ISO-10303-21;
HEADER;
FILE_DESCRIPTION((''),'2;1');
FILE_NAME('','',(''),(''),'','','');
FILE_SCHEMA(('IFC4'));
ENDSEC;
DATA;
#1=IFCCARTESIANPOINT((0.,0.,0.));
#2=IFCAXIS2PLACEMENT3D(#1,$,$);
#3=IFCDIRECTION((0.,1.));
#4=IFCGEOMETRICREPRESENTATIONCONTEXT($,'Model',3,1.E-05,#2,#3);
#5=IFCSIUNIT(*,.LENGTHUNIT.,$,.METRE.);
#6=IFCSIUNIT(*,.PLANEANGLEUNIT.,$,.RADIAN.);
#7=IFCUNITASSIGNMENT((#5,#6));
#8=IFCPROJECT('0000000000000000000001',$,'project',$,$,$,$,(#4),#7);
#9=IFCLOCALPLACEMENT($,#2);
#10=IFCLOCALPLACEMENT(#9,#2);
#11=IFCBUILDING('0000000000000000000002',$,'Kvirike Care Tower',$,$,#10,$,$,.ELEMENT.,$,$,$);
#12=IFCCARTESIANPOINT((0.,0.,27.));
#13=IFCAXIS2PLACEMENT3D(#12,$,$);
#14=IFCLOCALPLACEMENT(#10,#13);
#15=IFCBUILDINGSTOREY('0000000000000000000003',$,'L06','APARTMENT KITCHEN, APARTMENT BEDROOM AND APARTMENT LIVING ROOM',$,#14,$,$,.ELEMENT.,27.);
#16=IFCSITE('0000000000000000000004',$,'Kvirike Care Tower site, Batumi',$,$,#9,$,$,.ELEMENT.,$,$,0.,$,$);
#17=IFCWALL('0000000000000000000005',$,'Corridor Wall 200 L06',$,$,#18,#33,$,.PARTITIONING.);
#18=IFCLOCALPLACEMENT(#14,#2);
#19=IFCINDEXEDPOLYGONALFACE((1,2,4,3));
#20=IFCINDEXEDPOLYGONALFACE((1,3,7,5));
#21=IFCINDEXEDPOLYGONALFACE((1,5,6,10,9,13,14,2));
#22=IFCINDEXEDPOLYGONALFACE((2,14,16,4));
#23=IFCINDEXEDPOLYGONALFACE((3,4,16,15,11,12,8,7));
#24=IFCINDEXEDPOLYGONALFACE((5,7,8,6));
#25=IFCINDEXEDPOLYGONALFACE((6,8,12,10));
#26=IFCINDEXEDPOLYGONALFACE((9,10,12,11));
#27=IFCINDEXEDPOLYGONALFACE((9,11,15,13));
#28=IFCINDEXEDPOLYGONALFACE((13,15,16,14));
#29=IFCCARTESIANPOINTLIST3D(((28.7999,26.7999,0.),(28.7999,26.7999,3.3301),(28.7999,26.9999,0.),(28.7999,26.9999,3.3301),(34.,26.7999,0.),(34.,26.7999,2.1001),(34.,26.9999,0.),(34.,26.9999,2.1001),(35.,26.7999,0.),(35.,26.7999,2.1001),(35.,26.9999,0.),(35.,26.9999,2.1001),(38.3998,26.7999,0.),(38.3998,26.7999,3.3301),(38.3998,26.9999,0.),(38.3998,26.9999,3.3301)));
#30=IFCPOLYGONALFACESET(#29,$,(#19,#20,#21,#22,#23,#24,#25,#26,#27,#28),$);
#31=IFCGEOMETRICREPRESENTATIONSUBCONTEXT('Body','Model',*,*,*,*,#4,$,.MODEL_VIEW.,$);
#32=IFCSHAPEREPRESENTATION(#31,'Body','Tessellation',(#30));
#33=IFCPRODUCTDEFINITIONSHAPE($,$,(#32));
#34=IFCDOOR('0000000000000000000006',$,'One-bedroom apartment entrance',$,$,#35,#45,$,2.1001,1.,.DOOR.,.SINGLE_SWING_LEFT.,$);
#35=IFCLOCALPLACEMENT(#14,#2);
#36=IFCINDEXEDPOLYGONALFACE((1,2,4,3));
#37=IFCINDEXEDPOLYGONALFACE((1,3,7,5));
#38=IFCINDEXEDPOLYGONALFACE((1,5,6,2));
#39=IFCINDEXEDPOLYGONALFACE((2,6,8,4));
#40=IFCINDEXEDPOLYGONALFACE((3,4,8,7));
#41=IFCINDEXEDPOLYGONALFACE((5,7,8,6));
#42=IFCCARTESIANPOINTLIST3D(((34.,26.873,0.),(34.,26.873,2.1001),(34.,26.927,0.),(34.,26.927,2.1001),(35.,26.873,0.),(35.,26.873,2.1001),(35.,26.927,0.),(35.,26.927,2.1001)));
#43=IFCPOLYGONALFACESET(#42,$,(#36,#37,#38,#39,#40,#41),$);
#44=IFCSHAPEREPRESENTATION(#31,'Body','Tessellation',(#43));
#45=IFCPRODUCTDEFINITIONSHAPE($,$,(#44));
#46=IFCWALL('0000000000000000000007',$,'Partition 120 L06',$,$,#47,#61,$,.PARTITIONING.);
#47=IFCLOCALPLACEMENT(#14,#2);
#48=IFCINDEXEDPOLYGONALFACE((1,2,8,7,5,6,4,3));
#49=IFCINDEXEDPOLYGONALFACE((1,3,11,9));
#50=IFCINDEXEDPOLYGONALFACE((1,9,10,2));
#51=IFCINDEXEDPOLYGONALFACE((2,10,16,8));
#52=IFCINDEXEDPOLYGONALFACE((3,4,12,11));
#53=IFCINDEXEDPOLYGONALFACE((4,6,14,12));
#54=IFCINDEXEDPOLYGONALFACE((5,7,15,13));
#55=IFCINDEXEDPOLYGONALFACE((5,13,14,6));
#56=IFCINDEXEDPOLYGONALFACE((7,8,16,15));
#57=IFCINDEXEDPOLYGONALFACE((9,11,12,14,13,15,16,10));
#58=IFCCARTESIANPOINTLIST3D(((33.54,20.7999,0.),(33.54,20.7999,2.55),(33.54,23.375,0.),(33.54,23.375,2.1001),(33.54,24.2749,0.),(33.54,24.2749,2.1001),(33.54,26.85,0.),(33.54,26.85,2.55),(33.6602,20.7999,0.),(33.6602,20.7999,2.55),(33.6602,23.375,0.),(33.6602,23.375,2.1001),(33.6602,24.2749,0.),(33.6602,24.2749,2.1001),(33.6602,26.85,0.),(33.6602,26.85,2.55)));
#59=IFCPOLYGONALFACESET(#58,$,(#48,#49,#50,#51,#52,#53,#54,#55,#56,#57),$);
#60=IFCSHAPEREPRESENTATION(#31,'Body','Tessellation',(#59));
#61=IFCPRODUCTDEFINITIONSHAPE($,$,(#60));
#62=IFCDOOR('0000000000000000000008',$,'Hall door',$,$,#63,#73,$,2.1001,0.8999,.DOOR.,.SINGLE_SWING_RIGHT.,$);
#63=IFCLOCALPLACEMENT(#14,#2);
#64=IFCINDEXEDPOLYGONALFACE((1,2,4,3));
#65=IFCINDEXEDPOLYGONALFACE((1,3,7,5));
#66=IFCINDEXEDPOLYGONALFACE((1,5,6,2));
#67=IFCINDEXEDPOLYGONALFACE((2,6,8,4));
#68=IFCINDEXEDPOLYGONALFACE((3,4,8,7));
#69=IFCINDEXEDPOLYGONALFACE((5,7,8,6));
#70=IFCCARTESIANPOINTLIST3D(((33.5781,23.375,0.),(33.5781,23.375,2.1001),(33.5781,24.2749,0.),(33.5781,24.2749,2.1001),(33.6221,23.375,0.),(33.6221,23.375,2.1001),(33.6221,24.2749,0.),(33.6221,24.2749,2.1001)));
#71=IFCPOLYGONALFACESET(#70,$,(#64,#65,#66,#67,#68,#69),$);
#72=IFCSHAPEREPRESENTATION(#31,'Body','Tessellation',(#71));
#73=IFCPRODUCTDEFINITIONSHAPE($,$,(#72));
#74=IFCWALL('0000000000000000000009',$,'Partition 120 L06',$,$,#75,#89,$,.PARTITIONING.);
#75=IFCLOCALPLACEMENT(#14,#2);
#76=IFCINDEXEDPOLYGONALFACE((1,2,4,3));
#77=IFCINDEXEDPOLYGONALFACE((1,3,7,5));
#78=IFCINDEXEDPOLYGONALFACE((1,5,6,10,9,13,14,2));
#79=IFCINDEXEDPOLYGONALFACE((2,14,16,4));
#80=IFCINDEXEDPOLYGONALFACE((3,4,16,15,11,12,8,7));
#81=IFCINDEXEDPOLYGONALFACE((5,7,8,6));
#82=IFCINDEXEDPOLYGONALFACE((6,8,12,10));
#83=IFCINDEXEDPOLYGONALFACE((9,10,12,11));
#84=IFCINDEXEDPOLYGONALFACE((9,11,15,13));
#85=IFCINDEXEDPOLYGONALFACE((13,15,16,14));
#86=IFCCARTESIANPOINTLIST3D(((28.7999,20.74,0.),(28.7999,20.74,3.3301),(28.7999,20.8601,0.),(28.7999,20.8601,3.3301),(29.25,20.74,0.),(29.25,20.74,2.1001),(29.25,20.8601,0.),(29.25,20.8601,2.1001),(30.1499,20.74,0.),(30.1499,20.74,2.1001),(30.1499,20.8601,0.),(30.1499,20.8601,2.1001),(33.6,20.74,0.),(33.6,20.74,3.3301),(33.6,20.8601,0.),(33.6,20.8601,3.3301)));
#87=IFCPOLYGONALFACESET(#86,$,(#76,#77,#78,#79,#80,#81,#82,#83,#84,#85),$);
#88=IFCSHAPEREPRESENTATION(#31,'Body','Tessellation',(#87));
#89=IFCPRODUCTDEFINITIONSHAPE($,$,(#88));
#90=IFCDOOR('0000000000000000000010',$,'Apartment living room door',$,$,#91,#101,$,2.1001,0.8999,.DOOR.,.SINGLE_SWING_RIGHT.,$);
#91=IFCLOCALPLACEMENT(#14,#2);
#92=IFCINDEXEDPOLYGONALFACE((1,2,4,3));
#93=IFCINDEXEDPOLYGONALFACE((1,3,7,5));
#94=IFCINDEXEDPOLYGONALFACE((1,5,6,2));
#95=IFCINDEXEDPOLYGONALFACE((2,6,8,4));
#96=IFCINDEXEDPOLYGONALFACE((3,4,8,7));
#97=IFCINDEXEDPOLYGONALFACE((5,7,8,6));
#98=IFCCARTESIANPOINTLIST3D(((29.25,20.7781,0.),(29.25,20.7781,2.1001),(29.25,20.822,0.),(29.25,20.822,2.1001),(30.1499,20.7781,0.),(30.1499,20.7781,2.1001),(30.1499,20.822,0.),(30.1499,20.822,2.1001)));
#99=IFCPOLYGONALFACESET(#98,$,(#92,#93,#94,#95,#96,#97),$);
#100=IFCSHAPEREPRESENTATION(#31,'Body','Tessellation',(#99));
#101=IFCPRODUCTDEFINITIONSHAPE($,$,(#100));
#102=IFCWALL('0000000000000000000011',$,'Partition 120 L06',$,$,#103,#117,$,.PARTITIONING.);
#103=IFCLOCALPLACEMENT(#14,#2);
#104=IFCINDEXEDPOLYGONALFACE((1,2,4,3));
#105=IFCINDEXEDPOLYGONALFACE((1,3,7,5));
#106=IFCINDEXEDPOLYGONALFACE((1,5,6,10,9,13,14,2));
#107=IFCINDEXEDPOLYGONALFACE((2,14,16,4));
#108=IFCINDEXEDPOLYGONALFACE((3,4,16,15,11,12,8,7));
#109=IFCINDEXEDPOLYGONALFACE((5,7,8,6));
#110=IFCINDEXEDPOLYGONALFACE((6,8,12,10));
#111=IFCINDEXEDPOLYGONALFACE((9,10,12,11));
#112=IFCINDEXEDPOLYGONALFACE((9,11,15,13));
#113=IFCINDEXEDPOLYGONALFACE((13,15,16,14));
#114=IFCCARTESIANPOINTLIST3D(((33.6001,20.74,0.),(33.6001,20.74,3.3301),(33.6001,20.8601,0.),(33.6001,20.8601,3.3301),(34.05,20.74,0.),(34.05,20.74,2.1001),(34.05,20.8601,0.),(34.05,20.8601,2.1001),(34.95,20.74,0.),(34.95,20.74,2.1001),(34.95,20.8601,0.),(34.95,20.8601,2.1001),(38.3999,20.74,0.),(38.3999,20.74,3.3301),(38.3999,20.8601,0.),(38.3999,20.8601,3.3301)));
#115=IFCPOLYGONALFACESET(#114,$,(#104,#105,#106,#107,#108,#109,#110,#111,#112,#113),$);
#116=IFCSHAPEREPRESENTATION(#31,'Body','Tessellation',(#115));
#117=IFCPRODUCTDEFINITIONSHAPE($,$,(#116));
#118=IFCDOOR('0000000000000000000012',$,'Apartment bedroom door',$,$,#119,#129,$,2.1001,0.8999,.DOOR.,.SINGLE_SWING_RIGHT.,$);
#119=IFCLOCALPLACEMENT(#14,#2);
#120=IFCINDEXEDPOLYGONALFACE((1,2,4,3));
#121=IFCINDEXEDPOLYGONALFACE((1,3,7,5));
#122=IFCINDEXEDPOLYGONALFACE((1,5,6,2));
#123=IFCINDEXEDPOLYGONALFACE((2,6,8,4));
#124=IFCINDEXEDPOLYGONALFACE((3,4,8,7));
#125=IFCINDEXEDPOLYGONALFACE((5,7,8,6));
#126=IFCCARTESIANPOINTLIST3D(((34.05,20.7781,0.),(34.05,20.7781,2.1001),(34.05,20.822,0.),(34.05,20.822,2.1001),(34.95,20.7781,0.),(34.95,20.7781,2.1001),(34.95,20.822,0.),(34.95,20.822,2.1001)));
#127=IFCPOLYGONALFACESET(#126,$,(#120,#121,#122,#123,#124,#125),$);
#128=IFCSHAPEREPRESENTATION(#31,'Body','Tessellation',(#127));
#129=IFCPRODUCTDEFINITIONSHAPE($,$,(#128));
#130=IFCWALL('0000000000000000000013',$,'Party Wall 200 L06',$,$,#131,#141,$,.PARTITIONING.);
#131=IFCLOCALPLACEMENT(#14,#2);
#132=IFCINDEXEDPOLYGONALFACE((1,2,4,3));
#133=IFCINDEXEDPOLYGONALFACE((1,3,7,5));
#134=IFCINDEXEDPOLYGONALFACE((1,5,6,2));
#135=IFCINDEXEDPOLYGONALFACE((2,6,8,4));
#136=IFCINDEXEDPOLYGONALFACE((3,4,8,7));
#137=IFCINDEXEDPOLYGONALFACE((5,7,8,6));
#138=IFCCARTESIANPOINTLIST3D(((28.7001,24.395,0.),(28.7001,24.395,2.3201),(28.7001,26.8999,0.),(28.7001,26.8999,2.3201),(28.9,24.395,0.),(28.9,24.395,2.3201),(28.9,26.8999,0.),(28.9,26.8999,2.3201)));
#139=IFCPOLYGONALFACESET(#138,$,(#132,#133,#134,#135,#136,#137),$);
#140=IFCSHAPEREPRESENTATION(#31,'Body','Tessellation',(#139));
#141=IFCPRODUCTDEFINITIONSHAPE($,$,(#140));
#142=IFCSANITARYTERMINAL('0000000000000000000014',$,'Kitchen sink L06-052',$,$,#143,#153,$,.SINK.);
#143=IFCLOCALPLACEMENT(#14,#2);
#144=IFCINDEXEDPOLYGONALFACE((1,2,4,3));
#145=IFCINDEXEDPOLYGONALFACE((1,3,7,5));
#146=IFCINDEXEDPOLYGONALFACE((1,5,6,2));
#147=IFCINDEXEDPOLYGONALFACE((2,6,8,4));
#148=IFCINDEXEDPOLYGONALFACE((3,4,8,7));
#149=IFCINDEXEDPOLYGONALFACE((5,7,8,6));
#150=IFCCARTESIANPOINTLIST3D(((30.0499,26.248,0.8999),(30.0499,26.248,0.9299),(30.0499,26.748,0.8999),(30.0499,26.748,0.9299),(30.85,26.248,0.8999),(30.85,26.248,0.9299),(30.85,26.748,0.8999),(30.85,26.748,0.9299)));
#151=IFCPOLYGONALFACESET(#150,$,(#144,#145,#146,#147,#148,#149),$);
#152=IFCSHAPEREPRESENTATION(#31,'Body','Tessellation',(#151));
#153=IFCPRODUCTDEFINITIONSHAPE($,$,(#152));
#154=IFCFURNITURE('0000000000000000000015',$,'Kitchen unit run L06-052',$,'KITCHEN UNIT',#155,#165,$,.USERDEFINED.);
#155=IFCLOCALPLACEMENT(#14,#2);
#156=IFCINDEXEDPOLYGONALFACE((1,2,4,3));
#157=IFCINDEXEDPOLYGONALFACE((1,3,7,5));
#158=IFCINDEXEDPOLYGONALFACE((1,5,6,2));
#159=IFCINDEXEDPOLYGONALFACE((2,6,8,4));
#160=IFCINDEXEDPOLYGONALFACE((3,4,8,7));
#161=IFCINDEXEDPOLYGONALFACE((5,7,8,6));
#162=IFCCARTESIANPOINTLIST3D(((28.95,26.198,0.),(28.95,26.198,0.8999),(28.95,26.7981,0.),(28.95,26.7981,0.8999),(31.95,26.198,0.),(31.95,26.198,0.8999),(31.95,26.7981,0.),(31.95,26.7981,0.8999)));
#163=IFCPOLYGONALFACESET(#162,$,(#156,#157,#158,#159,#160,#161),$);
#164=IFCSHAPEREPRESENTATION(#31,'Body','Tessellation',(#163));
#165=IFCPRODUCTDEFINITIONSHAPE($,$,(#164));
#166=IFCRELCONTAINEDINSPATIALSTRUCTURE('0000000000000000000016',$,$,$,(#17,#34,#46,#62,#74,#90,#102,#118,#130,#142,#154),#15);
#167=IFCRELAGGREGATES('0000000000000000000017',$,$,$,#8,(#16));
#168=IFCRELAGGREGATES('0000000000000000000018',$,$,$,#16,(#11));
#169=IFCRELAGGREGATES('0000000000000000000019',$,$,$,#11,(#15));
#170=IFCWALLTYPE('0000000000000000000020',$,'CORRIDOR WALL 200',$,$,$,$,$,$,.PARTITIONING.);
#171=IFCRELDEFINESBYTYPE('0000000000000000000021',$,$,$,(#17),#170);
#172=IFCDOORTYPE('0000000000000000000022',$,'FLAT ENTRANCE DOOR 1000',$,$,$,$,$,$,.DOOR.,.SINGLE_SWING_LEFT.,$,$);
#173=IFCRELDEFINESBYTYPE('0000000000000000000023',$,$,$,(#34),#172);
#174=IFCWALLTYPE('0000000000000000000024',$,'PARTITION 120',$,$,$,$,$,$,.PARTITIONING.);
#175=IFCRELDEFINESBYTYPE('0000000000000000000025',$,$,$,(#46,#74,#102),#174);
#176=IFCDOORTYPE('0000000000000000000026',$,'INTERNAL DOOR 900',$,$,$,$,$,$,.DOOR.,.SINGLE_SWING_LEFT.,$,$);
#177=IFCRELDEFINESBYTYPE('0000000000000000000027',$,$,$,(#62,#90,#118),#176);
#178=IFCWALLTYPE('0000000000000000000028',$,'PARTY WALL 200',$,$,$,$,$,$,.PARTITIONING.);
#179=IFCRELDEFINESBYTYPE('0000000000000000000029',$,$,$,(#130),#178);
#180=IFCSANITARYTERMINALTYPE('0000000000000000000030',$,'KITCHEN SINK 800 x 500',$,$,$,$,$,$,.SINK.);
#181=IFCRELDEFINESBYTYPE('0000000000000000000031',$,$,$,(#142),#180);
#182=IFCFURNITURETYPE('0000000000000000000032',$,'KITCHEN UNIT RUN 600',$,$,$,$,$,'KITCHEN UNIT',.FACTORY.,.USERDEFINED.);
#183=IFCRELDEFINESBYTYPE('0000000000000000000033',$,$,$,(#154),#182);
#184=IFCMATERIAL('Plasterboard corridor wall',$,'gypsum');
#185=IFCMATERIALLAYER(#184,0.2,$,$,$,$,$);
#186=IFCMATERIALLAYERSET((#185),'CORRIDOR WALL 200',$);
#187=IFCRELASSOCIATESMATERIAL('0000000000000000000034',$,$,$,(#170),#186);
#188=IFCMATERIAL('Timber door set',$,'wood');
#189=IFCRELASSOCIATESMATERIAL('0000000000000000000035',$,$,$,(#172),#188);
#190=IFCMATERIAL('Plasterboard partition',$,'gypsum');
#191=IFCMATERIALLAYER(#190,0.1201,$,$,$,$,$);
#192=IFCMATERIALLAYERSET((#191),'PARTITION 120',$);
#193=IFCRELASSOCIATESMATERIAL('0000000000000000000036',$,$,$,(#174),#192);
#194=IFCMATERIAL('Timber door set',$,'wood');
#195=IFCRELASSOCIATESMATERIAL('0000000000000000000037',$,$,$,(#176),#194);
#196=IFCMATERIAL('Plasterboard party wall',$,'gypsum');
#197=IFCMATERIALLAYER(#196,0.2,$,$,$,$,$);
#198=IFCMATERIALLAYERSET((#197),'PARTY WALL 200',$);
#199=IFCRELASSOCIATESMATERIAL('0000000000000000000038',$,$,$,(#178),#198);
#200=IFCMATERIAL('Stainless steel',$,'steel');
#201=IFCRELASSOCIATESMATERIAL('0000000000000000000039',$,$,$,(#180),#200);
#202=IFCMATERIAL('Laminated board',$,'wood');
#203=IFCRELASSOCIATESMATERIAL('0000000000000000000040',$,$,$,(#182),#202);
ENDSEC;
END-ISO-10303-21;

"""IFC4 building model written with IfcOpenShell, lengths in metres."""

from ifc_helpers import new_model, si_unit, direction, frame, frame_2d, origin, origin_2d, place, context, subcontext, project, spatial, rectangle, extrude, material, layer, layer_set, type_object, element, fill, save


model = new_model("IFC4")

# Units and contexts
model_context = context("Model", 3, precision=1e-05, world=origin(), true_north=direction((0.0, 1.0)))
body_context = subcontext(model_context, "Body", "Model", "MODEL_VIEW")
ifc_project = project(units=[si_unit("LENGTHUNIT", "METRE"), si_unit("PLANEANGLEUNIT", "RADIAN")], contexts=[model_context])

# Site, building, storey
site_placement = place(None, origin())
site = spatial("IfcSite", under=ifc_project, at=site_placement, Name="Kvirike Care Tower site, Batumi", CompositionType="ELEMENT", RefElevation=0.0)
building_placement = place(site_placement, origin())
building = spatial("IfcBuilding", under=site, at=building_placement, Name="Kvirike Care Tower", CompositionType="ELEMENT")
storey_placement = place(building_placement, frame((0.0, 0.0, 27.0)))
storey = spatial("IfcBuildingStorey", under=building, at=storey_placement, Name="L06", Description="APARTMENT KITCHEN, APARTMENT BEDROOM AND APARTMENT LIVING ROOM", CompositionType="ELEMENT", Elevation=27.0)

# Walls, openings, doors
ifc_material_1 = material(Name="Plasterboard corridor wall", Category="gypsum")
ifc_layer_1 = layer(ifc_material_1, 0.2)
ifc_layer_set_1 = layer_set([ifc_layer_1], Name="CORRIDOR WALL 200")
wall_type_1 = type_object("IfcWallType", Name="CORRIDOR WALL 200", PredefinedType="PARTITIONING", material=ifc_layer_set_1)
wall_1_placement = place(storey_placement, frame((28.8, 26.8999, 0.0), z_axis=(0.0, 0.0, 1.0), x_axis=(1.0, 0.0, 0.0)))
wall_1 = element("IfcWall", 1, at=wall_1_placement, inside=storey, type_object=wall_type_1, Name="Corridor Wall 200 L06", PredefinedType="PARTITIONING", context=body_context, shape_type="SweptSolid", body=[
    extrude(rectangle(XDim=9.5999, YDim=0.2, at=frame_2d((4.7998, 0.0))), origin(), (0.0, 0.0, 1.0), 3.3301),
])
opening_1_placement = place(wall_1_placement, frame((5.2, 0.0, 0.0)))
opening_1 = element("IfcOpeningElement", 2, at=opening_1_placement, cuts=wall_1, PredefinedType="OPENING", context=body_context, shape_type="SweptSolid", body=[
    extrude(rectangle(XDim=1.0, YDim=2.1001, at=frame_2d((0.5, 1.05))), frame((0.0, 0.1106, 0.0), z_axis=(0.0, -1.0, 0.0), x_axis=(1.0, 0.0, 0.0)), (0.0, 0.0, 1.0), 0.2209),
])
ifc_material_2 = material(Name="Timber door set", Category="wood")
door_type_1 = type_object("IfcDoorType", Name="FLAT ENTRANCE DOOR 1000", OperationType="SINGLE_SWING_LEFT", PredefinedType="DOOR", material=ifc_material_2)
door_1_placement = place(opening_1_placement, frame((1.0, 0.0, 0.0), z_axis=(0.0, 0.0, 1.0), x_axis=(-1.0, 0.0, 0.0)))
door_1 = element("IfcDoor", 3, at=door_1_placement, inside=storey, type_object=door_type_1, Name="One-bedroom apartment entrance", OperationType="SINGLE_SWING_LEFT", OverallHeight=2.1001, OverallWidth=1.0, PredefinedType="DOOR", context=body_context, shape_type="SweptSolid", body=[
    extrude(rectangle(XDim=1.0, YDim=2.1001, at=frame_2d((0.5, 1.05))), frame((0.0, 0.0269, 0.0), z_axis=(0.0, -1.0, 0.0), x_axis=(1.0, 0.0, 0.0)), (0.0, 0.0, 1.0), 0.054),
])
fill(opening_1, door_1)
ifc_material_3 = material(Name="Plasterboard partition", Category="gypsum")
ifc_layer_2 = layer(ifc_material_3, 0.1201)
ifc_layer_set_2 = layer_set([ifc_layer_2], Name="PARTITION 120")
wall_type_2 = type_object("IfcWallType", Name="PARTITION 120", PredefinedType="PARTITIONING", material=ifc_layer_set_2)
wall_2_placement = place(storey_placement, frame((33.6001, 20.8, 0.0), z_axis=(0.0, 0.0, 1.0), x_axis=(0.0, 1.0, 0.0)))
wall_2 = element("IfcWall", 4, at=wall_2_placement, inside=storey, type_object=wall_type_2, Name="Partition 120 L06", PredefinedType="PARTITIONING", context=body_context, shape_type="SweptSolid", body=[
    extrude(rectangle(XDim=6.05, YDim=0.1201, at=frame_2d((3.0249, 0.0))), origin(), (0.0, 0.0, 1.0), 2.55),
])
opening_2_placement = place(wall_2_placement, frame((2.575, 0.0, 0.0)))
opening_2 = element("IfcOpeningElement", 5, at=opening_2_placement, cuts=wall_2, PredefinedType="OPENING", context=body_context, shape_type="SweptSolid", body=[
    extrude(rectangle(XDim=0.8999, YDim=2.1001, at=frame_2d((0.45, 1.05))), frame((0.0, 0.0706, 0.0), z_axis=(0.0, -1.0, 0.0), x_axis=(1.0, 0.0, 0.0)), (0.0, 0.0, 1.0), 0.1411),
])
ifc_material_4 = material(Name="Timber door set", Category="wood")
door_type_2 = type_object("IfcDoorType", Name="INTERNAL DOOR 900", OperationType="SINGLE_SWING_LEFT", PredefinedType="DOOR", material=ifc_material_4)
door_2_placement = place(opening_2_placement, frame((0.8999, 0.0, 0.0), z_axis=(0.0, 0.0, 1.0), x_axis=(-1.0, 0.0, 0.0)))
door_2 = element("IfcDoor", 6, at=door_2_placement, inside=storey, type_object=door_type_2, Name="Hall door", OperationType="SINGLE_SWING_RIGHT", OverallHeight=2.1001, OverallWidth=0.8999, PredefinedType="DOOR", context=body_context, shape_type="SweptSolid", body=[
    extrude(rectangle(XDim=0.8999, YDim=2.1001, at=frame_2d((0.45, 1.05))), frame((0.0, 0.022, 0.0), z_axis=(0.0, -1.0, 0.0), x_axis=(1.0, 0.0, 0.0)), (0.0, 0.0, 1.0), 0.0439),
])
fill(opening_2, door_2)
wall_3_placement = place(storey_placement, frame((28.8, 20.8, 0.0), z_axis=(0.0, 0.0, 1.0), x_axis=(1.0, 0.0, 0.0)))
wall_3 = element("IfcWall", 7, at=wall_3_placement, inside=storey, type_object=wall_type_2, Name="Partition 120 L06", PredefinedType="PARTITIONING", context=body_context, shape_type="SweptSolid", body=[
    extrude(rectangle(XDim=4.8, YDim=0.1201, at=frame_2d((2.3999, 0.0))), origin(), (0.0, 0.0, 1.0), 3.3301),
])
opening_3_placement = place(wall_3_placement, frame((0.45, 0.0, 0.0)))
opening_3 = element("IfcOpeningElement", 8, at=opening_3_placement, cuts=wall_3, PredefinedType="OPENING", context=body_context, shape_type="SweptSolid", body=[
    extrude(rectangle(XDim=0.8999, YDim=2.1001, at=frame_2d((0.45, 1.05))), frame((0.0, 0.0706, 0.0), z_axis=(0.0, -1.0, 0.0), x_axis=(1.0, 0.0, 0.0)), (0.0, 0.0, 1.0), 0.1411),
])
door_3_placement = place(opening_3_placement, origin())
door_3 = element("IfcDoor", 9, at=door_3_placement, inside=storey, type_object=door_type_2, Name="Apartment living room door", OperationType="SINGLE_SWING_RIGHT", OverallHeight=2.1001, OverallWidth=0.8999, PredefinedType="DOOR", context=body_context, shape_type="SweptSolid", body=[
    extrude(rectangle(XDim=0.8999, YDim=2.1001, at=frame_2d((0.45, 1.05))), frame((0.0, 0.022, 0.0), z_axis=(0.0, -1.0, 0.0), x_axis=(1.0, 0.0, 0.0)), (0.0, 0.0, 1.0), 0.0439),
])
fill(opening_3, door_3)
wall_4_placement = place(storey_placement, frame((33.6001, 20.8, 0.0), z_axis=(0.0, 0.0, 1.0), x_axis=(1.0, 0.0, 0.0)))
wall_4 = element("IfcWall", 10, at=wall_4_placement, inside=storey, type_object=wall_type_2, Name="Partition 120 L06", PredefinedType="PARTITIONING", context=body_context, shape_type="SweptSolid", body=[
    extrude(rectangle(XDim=4.7998, YDim=0.1201, at=frame_2d((2.3999, 0.0))), origin(), (0.0, 0.0, 1.0), 3.3301),
])
opening_4_placement = place(wall_4_placement, frame((0.45, 0.0, 0.0)))
opening_4 = element("IfcOpeningElement", 11, at=opening_4_placement, cuts=wall_4, PredefinedType="OPENING", context=body_context, shape_type="SweptSolid", body=[
    extrude(rectangle(XDim=0.8999, YDim=2.1001, at=frame_2d((0.45, 1.05))), frame((0.0, 0.0706, 0.0), z_axis=(0.0, -1.0, 0.0), x_axis=(1.0, 0.0, 0.0)), (0.0, 0.0, 1.0), 0.1411),
])
door_4_placement = place(opening_4_placement, origin())
door_4 = element("IfcDoor", 12, at=door_4_placement, inside=storey, type_object=door_type_2, Name="Apartment bedroom door", OperationType="SINGLE_SWING_RIGHT", OverallHeight=2.1001, OverallWidth=0.8999, PredefinedType="DOOR", context=body_context, shape_type="SweptSolid", body=[
    extrude(rectangle(XDim=0.8999, YDim=2.1001, at=frame_2d((0.45, 1.05))), frame((0.0, 0.022, 0.0), z_axis=(0.0, -1.0, 0.0), x_axis=(1.0, 0.0, 0.0)), (0.0, 0.0, 1.0), 0.0439),
])
fill(opening_4, door_4)

# Wall
ifc_material_5 = material(Name="Plasterboard party wall", Category="gypsum")
ifc_layer_3 = layer(ifc_material_5, 0.2)
ifc_layer_set_3 = layer_set([ifc_layer_3], Name="PARTY WALL 200")
wall_type_3 = type_object("IfcWallType", Name="PARTY WALL 200", PredefinedType="PARTITIONING", material=ifc_layer_set_3)
wall_5_placement = place(storey_placement, frame((28.8, 24.395, 0.0), z_axis=(0.0, 0.0, 1.0), x_axis=(0.0, 1.0, 0.0)))
element("IfcWall", 13, at=wall_5_placement, inside=storey, type_object=wall_type_3, Name="Party Wall 200 L06", PredefinedType="PARTITIONING", context=body_context, shape_type="SweptSolid", body=[
    extrude(rectangle(XDim=2.5049, YDim=0.2, at=frame_2d((1.2524, 0.0))), origin(), (0.0, 0.0, 1.0), 2.3201),
])

# Sanitary terminal
ifc_material_6 = material(Name="Stainless steel", Category="steel")
sanitary_terminal_type = type_object("IfcSanitaryTerminalType", Name="KITCHEN SINK 800 x 500", PredefinedType="SINK", material=ifc_material_6)
sanitary_terminal_placement = place(storey_placement, frame((30.45, 26.498, 0.8999), z_axis=(0.0, 0.0, 1.0), x_axis=(1.0, 0.0, 0.0)))
element("IfcSanitaryTerminal", 14, at=sanitary_terminal_placement, inside=storey, type_object=sanitary_terminal_type, Name="Kitchen sink L06-052", PredefinedType="SINK", context=body_context, shape_type="SweptSolid", body=[
    extrude(rectangle(XDim=0.8, YDim=0.5, at=origin_2d()), origin(), (0.0, 0.0, 1.0), 0.03),
])

# Furniture
ifc_material_7 = material(Name="Laminated board", Category="wood")
furniture_type = type_object("IfcFurnitureType", Name="KITCHEN UNIT RUN 600", ElementType="KITCHEN UNIT", AssemblyPlace="FACTORY", PredefinedType="USERDEFINED", material=ifc_material_7)
furniture_placement = place(storey_placement, frame((30.45, 26.498, 0.0), z_axis=(0.0, 0.0, 1.0), x_axis=(1.0, 0.0, 0.0)))
element("IfcFurniture", 15, at=furniture_placement, inside=storey, type_object=furniture_type, Name="Kitchen unit run L06-052", ObjectType="KITCHEN UNIT", PredefinedType="USERDEFINED", context=body_context, shape_type="SweptSolid", body=[
    extrude(rectangle(XDim=3.0, YDim=0.6001, at=origin_2d()), origin(), (0.0, 0.0, 1.0), 0.8999),
])

save(model, "model.ifc")
